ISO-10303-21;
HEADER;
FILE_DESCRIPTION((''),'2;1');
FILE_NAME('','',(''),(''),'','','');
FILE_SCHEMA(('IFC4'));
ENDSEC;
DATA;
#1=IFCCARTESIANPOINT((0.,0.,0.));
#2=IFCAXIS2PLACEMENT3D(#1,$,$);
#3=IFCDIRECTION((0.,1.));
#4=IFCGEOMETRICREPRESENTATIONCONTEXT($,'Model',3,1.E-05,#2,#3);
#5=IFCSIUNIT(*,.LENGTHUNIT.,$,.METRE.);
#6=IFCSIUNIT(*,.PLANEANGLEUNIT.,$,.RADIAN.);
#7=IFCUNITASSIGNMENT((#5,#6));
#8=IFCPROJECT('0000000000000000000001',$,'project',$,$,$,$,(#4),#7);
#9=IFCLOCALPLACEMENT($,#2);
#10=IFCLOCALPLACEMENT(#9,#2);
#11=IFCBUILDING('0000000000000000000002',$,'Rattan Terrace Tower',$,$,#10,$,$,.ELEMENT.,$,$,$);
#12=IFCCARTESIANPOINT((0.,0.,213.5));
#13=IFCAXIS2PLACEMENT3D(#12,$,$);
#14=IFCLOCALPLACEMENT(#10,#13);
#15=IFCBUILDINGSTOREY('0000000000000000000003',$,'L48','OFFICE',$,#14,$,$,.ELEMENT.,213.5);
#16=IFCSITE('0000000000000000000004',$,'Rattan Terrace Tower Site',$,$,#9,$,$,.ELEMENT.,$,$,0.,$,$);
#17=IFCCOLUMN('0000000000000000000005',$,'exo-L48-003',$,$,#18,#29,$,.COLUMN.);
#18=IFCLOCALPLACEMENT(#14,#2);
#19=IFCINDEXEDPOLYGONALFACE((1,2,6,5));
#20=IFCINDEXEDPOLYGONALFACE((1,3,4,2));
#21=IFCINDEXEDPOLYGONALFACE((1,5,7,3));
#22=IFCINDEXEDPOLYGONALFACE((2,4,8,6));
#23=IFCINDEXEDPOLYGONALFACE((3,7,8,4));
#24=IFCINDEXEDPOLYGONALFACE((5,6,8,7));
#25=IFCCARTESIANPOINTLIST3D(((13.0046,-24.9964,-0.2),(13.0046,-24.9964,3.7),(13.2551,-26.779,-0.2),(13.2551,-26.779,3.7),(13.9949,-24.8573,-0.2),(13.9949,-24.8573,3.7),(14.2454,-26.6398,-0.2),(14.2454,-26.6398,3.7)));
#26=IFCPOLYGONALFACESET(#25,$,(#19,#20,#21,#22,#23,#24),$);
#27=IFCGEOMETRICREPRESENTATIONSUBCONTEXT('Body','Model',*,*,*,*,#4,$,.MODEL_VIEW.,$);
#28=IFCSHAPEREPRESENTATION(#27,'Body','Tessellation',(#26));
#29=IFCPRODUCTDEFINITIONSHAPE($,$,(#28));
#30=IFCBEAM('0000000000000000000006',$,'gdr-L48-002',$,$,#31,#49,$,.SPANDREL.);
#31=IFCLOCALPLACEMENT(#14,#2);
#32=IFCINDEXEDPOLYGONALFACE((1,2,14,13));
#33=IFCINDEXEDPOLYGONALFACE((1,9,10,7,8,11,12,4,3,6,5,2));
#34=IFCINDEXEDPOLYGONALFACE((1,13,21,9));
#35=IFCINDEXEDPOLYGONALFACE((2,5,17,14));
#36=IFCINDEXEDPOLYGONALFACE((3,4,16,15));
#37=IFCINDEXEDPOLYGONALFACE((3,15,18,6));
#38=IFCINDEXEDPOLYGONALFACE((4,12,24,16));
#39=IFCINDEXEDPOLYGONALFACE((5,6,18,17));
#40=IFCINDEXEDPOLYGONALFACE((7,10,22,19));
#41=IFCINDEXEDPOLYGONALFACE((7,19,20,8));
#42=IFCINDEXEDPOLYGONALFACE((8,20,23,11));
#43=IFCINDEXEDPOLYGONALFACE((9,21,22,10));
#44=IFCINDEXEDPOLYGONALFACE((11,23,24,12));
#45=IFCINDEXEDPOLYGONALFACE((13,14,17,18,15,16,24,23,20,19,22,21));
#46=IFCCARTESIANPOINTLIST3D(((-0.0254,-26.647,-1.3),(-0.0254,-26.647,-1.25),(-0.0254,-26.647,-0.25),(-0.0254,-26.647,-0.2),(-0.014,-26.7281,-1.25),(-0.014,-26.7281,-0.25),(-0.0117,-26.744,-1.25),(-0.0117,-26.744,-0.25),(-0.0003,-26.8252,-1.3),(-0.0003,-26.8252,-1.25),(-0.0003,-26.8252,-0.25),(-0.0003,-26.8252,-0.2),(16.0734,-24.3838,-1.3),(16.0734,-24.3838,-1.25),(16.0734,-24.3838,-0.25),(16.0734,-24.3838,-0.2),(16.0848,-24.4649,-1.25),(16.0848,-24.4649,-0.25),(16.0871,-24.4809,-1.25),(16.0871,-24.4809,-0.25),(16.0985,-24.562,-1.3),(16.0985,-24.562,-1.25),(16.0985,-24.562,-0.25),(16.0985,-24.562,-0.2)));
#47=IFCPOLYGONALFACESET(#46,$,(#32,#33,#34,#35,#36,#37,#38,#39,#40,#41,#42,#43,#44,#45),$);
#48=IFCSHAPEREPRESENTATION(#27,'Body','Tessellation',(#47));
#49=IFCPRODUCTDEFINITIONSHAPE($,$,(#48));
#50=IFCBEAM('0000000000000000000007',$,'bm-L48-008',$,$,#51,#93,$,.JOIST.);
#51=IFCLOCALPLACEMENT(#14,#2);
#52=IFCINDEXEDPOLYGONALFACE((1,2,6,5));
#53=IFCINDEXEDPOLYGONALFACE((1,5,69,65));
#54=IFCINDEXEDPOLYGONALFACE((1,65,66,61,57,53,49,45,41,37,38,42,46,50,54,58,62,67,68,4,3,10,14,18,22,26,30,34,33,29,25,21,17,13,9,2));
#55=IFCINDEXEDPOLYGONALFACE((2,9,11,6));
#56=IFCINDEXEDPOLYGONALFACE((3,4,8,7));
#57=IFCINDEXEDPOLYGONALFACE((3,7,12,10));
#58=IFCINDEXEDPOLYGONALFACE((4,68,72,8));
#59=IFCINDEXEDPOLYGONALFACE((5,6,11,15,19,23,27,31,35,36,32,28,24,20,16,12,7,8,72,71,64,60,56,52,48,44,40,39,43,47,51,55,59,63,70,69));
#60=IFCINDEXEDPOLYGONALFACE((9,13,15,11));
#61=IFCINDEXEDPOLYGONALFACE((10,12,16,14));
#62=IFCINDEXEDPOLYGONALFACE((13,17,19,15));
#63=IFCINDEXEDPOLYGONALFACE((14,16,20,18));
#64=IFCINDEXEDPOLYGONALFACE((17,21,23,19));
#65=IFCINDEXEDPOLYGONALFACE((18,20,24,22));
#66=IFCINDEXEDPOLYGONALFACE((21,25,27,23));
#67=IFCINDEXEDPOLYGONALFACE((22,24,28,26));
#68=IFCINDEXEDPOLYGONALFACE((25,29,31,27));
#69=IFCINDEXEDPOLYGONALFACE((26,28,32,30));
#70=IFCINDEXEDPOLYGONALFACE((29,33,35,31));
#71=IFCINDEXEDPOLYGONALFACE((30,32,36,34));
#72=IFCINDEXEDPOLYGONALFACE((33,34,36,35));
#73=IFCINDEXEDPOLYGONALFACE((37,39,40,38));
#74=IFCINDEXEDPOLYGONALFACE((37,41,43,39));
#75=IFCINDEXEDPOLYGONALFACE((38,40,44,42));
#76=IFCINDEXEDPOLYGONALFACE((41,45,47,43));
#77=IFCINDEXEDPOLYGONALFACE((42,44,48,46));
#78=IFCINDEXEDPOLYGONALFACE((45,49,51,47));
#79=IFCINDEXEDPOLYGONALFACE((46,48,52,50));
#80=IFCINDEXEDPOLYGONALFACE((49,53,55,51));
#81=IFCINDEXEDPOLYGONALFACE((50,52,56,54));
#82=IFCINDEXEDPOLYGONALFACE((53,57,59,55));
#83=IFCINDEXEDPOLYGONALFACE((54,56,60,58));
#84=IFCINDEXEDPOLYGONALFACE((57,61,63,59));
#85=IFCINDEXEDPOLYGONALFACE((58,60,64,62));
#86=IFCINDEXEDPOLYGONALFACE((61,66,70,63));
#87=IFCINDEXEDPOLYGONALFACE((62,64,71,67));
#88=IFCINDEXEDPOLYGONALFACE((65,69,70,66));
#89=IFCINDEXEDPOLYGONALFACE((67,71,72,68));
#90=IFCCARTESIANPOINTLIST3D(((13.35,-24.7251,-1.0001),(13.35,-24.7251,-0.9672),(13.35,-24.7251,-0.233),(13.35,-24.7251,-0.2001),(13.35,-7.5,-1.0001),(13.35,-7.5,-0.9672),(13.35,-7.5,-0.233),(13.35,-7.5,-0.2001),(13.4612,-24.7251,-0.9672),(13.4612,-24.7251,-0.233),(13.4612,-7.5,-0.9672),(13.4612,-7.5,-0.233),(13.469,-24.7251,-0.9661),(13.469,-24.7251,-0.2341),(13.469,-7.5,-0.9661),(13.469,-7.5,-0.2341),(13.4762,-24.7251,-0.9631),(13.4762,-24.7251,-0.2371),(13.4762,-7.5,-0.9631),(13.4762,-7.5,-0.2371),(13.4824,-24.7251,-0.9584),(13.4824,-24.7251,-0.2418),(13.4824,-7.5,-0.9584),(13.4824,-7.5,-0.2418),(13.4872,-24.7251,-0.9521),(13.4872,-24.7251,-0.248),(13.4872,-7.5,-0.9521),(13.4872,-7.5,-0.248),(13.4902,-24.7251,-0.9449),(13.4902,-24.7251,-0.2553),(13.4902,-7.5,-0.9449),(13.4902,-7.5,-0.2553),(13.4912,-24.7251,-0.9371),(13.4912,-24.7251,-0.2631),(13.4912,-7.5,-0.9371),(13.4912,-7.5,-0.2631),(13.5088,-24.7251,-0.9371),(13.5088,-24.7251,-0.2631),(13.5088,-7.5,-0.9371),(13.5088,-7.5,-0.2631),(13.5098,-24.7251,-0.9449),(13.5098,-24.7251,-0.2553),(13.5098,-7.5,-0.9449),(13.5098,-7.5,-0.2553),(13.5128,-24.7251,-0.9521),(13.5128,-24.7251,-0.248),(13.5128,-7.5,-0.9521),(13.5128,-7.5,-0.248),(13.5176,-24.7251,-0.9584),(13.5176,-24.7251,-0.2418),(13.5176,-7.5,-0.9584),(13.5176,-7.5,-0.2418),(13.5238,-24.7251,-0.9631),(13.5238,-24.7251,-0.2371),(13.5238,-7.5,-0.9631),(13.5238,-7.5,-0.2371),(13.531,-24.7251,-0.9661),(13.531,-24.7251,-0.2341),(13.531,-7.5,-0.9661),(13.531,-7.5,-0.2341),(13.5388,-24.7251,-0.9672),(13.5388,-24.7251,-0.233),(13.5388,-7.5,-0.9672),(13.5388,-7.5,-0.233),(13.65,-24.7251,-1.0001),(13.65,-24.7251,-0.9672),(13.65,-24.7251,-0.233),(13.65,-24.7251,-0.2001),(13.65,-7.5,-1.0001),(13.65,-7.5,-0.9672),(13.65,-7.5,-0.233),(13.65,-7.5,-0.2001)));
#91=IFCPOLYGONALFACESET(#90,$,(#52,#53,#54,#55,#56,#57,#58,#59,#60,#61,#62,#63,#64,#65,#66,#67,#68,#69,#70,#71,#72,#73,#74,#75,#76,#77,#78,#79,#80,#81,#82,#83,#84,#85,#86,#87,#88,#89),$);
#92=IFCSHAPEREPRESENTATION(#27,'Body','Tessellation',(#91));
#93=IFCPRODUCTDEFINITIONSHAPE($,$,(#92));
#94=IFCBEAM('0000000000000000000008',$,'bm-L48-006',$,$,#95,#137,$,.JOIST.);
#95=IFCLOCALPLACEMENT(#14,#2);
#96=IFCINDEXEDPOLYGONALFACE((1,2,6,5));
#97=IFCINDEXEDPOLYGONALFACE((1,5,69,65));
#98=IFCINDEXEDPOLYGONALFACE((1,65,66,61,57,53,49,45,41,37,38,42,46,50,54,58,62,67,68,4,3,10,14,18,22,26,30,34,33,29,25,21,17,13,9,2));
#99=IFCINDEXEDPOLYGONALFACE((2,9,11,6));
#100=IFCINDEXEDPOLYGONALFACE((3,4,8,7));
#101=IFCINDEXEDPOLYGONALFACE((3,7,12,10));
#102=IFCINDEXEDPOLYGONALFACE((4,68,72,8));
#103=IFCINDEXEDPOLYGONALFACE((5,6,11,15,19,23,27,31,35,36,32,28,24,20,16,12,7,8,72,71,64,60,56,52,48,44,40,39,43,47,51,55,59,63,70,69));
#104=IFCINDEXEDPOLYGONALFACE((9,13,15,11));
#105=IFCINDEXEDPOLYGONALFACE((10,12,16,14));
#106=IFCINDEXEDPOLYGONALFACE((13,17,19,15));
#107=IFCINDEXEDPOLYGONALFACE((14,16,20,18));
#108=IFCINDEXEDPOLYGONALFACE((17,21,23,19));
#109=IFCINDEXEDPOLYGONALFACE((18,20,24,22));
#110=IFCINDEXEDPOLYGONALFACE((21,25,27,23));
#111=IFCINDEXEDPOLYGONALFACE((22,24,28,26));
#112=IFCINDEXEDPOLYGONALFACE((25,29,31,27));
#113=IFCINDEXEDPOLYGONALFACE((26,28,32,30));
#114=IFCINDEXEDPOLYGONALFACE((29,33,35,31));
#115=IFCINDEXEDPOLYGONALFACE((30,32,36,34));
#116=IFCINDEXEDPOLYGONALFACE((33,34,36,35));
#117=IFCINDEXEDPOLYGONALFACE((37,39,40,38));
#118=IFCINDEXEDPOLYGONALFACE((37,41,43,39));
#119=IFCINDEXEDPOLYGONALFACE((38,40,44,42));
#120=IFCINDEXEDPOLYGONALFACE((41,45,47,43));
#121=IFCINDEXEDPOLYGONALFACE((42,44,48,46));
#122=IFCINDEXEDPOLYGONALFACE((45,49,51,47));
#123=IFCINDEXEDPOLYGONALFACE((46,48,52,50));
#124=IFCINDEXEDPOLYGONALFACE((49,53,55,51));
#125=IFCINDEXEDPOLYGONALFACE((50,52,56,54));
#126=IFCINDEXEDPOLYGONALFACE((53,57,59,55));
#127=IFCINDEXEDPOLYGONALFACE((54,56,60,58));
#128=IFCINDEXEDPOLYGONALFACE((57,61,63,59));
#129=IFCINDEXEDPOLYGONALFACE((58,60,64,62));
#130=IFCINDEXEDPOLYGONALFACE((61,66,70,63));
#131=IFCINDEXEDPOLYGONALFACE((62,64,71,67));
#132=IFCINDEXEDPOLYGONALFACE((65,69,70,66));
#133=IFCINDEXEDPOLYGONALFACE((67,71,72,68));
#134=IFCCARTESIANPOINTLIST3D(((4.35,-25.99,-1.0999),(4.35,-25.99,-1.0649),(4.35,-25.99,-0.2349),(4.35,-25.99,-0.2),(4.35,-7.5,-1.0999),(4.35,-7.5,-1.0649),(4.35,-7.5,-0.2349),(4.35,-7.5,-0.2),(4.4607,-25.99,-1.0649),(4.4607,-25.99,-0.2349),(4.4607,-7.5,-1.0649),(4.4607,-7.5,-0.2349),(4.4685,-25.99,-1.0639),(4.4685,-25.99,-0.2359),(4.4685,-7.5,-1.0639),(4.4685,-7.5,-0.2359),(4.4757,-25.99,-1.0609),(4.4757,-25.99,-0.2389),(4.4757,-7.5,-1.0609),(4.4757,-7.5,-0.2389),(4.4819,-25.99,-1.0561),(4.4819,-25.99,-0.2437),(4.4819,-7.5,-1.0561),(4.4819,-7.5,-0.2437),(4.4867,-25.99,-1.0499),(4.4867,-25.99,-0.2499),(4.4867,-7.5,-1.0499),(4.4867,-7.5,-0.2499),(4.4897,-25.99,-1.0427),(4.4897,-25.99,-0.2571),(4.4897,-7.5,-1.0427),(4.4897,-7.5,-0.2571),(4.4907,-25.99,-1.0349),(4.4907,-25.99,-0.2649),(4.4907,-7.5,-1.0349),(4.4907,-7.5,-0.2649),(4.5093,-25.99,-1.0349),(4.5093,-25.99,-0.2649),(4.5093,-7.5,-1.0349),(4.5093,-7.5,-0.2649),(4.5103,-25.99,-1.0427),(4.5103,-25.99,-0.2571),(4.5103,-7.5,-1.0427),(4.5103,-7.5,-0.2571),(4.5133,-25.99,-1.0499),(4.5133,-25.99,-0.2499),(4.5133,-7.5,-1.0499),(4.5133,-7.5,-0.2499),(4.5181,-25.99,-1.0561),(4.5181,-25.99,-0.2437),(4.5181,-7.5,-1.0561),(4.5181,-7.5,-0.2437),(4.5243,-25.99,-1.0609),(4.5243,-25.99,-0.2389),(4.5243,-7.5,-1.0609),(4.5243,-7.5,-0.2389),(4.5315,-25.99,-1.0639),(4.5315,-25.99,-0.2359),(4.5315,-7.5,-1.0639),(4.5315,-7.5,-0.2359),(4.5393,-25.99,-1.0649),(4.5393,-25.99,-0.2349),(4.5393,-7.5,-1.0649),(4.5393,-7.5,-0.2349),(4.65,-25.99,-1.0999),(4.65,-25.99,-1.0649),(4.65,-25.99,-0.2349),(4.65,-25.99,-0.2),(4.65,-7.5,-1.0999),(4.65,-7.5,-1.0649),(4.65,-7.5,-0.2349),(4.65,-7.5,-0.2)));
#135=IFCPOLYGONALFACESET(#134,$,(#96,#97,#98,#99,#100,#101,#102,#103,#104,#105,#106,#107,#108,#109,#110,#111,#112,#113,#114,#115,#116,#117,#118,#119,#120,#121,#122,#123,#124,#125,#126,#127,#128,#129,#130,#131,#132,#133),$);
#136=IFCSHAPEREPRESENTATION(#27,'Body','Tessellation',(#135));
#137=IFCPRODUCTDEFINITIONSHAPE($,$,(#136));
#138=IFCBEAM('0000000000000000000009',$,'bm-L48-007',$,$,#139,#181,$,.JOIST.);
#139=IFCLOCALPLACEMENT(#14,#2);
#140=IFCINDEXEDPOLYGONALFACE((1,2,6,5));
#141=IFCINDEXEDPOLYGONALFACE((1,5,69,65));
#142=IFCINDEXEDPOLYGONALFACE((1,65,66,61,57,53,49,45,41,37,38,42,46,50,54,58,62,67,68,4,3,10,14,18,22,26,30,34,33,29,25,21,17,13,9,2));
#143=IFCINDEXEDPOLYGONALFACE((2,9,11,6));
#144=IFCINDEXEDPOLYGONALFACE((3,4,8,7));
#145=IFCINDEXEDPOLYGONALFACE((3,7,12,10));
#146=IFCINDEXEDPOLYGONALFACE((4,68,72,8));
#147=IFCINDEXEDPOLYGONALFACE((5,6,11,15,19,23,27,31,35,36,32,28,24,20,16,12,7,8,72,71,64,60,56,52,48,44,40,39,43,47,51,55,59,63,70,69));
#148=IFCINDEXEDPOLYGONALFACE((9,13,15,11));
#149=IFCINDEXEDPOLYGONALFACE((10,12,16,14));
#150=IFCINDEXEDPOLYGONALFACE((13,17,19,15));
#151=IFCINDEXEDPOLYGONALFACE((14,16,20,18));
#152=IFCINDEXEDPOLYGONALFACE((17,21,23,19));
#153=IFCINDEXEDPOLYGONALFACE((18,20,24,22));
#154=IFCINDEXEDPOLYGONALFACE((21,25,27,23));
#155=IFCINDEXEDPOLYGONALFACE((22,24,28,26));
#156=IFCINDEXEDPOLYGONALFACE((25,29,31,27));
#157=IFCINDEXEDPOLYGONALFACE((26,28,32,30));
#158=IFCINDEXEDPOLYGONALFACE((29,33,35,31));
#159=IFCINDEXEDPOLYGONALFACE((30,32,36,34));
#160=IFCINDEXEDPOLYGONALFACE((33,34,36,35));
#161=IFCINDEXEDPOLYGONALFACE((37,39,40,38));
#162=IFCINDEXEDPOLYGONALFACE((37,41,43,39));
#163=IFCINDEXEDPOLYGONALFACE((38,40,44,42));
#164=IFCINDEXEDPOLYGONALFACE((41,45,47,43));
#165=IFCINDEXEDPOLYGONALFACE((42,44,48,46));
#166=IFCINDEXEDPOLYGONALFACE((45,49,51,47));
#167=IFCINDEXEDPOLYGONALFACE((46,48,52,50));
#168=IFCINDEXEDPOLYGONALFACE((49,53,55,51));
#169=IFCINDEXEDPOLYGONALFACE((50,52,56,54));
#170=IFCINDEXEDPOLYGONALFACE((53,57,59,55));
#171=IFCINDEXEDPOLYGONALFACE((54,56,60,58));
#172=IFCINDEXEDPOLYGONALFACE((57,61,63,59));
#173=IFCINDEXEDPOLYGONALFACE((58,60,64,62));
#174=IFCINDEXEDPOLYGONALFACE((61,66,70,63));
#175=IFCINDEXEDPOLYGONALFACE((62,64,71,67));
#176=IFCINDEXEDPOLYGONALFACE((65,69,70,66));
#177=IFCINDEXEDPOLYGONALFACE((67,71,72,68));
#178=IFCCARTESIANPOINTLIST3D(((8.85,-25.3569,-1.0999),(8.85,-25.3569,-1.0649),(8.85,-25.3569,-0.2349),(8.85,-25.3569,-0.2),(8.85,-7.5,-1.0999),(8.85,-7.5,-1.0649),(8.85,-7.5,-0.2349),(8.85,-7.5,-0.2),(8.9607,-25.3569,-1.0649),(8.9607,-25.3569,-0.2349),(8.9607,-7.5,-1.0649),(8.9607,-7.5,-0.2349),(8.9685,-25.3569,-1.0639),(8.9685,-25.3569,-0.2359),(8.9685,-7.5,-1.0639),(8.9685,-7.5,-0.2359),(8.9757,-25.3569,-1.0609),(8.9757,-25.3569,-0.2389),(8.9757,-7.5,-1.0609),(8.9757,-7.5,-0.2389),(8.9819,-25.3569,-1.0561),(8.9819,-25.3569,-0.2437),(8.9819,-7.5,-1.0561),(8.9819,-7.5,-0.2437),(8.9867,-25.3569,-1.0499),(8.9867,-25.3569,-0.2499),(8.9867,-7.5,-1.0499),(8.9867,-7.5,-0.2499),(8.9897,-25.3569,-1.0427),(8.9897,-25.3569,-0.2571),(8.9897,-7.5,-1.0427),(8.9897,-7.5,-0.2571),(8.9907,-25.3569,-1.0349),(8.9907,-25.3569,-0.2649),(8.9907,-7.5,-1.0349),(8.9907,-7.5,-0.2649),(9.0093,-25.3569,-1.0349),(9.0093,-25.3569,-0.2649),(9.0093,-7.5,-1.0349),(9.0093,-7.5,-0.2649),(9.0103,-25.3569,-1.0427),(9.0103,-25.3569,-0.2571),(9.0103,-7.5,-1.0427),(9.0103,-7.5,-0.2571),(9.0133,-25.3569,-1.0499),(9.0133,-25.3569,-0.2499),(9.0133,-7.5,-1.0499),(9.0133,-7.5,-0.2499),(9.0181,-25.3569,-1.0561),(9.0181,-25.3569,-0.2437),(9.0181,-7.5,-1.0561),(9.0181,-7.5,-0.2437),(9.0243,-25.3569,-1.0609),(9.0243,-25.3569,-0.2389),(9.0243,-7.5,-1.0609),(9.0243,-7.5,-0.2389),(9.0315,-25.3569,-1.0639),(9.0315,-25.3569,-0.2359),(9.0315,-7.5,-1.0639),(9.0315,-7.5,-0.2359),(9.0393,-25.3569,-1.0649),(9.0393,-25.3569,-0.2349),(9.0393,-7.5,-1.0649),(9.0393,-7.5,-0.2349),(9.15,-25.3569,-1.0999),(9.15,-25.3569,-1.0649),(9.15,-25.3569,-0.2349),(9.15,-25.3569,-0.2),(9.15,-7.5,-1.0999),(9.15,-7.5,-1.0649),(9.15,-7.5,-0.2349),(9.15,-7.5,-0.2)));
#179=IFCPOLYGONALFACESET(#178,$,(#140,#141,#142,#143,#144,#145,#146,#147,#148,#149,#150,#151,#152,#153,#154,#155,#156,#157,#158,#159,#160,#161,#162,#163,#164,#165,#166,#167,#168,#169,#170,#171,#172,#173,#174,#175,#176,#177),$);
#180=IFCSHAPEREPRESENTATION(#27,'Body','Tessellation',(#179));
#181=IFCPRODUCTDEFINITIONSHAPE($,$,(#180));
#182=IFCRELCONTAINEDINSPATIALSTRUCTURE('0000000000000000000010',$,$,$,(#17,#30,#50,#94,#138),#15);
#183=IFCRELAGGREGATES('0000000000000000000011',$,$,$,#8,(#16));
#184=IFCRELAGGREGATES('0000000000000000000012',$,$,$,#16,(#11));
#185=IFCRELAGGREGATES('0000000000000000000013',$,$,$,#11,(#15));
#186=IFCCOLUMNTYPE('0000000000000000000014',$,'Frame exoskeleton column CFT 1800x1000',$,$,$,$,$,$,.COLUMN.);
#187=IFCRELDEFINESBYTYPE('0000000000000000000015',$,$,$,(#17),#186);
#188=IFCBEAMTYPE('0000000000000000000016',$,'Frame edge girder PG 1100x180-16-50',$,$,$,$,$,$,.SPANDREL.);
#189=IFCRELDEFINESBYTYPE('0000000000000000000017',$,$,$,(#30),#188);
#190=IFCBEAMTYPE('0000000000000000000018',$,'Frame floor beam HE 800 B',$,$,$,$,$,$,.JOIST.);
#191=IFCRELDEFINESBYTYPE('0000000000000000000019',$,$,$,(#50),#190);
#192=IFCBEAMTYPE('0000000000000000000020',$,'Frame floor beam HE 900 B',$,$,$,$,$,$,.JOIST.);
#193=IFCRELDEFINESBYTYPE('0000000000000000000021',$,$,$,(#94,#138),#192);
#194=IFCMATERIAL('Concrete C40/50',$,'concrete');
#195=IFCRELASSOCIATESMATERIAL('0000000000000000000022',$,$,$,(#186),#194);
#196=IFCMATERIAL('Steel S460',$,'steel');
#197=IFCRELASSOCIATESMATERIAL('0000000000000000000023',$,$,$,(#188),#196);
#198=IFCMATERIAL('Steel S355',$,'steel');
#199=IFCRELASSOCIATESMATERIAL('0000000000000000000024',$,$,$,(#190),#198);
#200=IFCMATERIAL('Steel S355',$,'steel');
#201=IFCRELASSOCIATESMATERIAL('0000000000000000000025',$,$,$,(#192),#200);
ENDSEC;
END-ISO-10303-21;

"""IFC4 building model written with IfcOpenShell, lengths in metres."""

from ifc_helpers import new_model, si_unit, direction, frame, origin, origin_2d, place, context, subcontext, project, spatial, rectangle, i_section, extrude, material, material_profile, profile_set, type_object, element, save


model = new_model("IFC4")

# Units and contexts
model_context = context("Model", 3, precision=1e-05, world=origin(), true_north=direction((0.0, 1.0)))
body_context = subcontext(model_context, "Body", "Model", "MODEL_VIEW")
ifc_project = project(units=[si_unit("LENGTHUNIT", "METRE"), si_unit("PLANEANGLEUNIT", "RADIAN")], contexts=[model_context])

# Site, building, storey
site_placement = place(None, origin())
site = spatial("IfcSite", under=ifc_project, at=site_placement, Name="Rattan Terrace Tower Site", CompositionType="ELEMENT", RefElevation=0.0)
building_placement = place(site_placement, origin())
building = spatial("IfcBuilding", under=site, at=building_placement, Name="Rattan Terrace Tower", CompositionType="ELEMENT")
storey_placement = place(building_placement, frame((0.0, 0.0, 213.5)))
storey = spatial("IfcBuildingStorey", under=building, at=storey_placement, Name="L48", Description="OFFICE", CompositionType="ELEMENT", Elevation=213.5)

# Column
ifc_material_1 = material(Name="Concrete C40/50", Category="concrete")
ifc_material_profile_1 = material_profile(ifc_material_1, rectangle(XDim=1.0, YDim=1.8, at=origin_2d()), Name="CFT 1800x1000")
ifc_profile_set_1 = profile_set([ifc_material_profile_1], Name="Concrete C40/50")
column_type = type_object("IfcColumnType", Name="Frame exoskeleton column CFT 1800x1000", PredefinedType="COLUMN", material=ifc_profile_set_1)
column_placement = place(storey_placement, frame((13.625, -25.8181, -0.2), z_axis=(0.0, 0.0, 1.0), x_axis=(0.990268, 0.139173, 0.0)))
element("IfcColumn", 1, at=column_placement, inside=storey, type_object=column_type, Name="exo-L48-003", PredefinedType="COLUMN", context=body_context, shape_type="SweptSolid", body=[
    extrude(rectangle(XDim=1.0, YDim=1.8, at=origin_2d()), origin(), (0.0, 0.0, 1.0), 3.8999),
])

# Beams
ifc_material_2 = material(Name="Steel S460", Category="steel")
ifc_material_profile_2 = material_profile(ifc_material_2, i_section(OverallWidth=0.1799, OverallDepth=1.1001, WebThickness=0.0161, FlangeThickness=0.05, at=origin_2d()), Name="PG 1100x180-16-50")
ifc_profile_set_2 = profile_set([ifc_material_profile_2], Name="Steel S460")
beam_type_1 = type_object("IfcBeamType", Name="Frame edge girder PG 1100x180-16-50", PredefinedType="SPANDREL", material=ifc_profile_set_2)
beam_1_placement = place(storey_placement, frame((16.0859, -24.4729, -0.75), z_axis=(-0.990263, -0.139211, 0.0), x_axis=(0.139211, -0.990263, 0.0)))
element("IfcBeam", 2, at=beam_1_placement, inside=storey, type_object=beam_type_1, Name="gdr-L48-002", PredefinedType="SPANDREL", context=body_context, shape_type="SweptSolid", body=[
    extrude(i_section(OverallWidth=0.1799, OverallDepth=1.1001, WebThickness=0.0161, FlangeThickness=0.05, at=origin_2d()), origin(), (0.0, 0.0, 1.0), 16.2571),
])
ifc_material_3 = material(Name="Steel S355", Category="steel")
ifc_material_profile_3 = material_profile(ifc_material_3, i_section(OverallWidth=0.3, OverallDepth=0.8, WebThickness=0.0176, FlangeThickness=0.033, FilletRadius=0.03, at=origin_2d()), Name="HE 800 B")
ifc_profile_set_3 = profile_set([ifc_material_profile_3], Name="Steel S355")
beam_type_2 = type_object("IfcBeamType", Name="Frame floor beam HE 800 B", PredefinedType="JOIST", material=ifc_profile_set_3)
beam_2_placement = place(storey_placement, frame((13.5, -24.7251, -0.6001), z_axis=(0.0, 1.0, 0.0), x_axis=(-1.0, 0.0, 0.0)))
element("IfcBeam", 3, at=beam_2_placement, inside=storey, type_object=beam_type_2, Name="bm-L48-008", PredefinedType="JOIST", context=body_context, shape_type="SweptSolid", body=[
    extrude(i_section(OverallWidth=0.3, OverallDepth=0.8, WebThickness=0.0176, FlangeThickness=0.033, FilletRadius=0.03, at=origin_2d()), origin(), (0.0, 0.0, 1.0), 17.2251),
])
ifc_material_4 = material(Name="Steel S355", Category="steel")
ifc_material_profile_4 = material_profile(ifc_material_4, i_section(OverallWidth=0.3, OverallDepth=0.8999, WebThickness=0.0186, FlangeThickness=0.0349, FilletRadius=0.03, at=origin_2d()), Name="HE 900 B")
ifc_profile_set_4 = profile_set([ifc_material_profile_4], Name="Steel S355")
beam_type_3 = type_object("IfcBeamType", Name="Frame floor beam HE 900 B", PredefinedType="JOIST", material=ifc_profile_set_4)
beam_3_placement = place(storey_placement, frame((4.5, -25.99, -0.6499), z_axis=(0.0, 1.0, 0.0), x_axis=(-1.0, 0.0, 0.0)))
element("IfcBeam", 4, at=beam_3_placement, inside=storey, type_object=beam_type_3, Name="bm-L48-006", PredefinedType="JOIST", context=body_context, shape_type="SweptSolid", body=[
    extrude(i_section(OverallWidth=0.3, OverallDepth=0.8999, WebThickness=0.0186, FlangeThickness=0.0349, FilletRadius=0.03, at=origin_2d()), origin(), (0.0, 0.0, 1.0), 18.49),
])
beam_4_placement = place(storey_placement, frame((9.0, -25.3569, -0.6499), z_axis=(0.0, 1.0, 0.0), x_axis=(-1.0, 0.0, 0.0)))
element("IfcBeam", 5, at=beam_4_placement, inside=storey, type_object=beam_type_3, Name="bm-L48-007", PredefinedType="JOIST", context=body_context, shape_type="SweptSolid", body=[
    extrude(i_section(OverallWidth=0.3, OverallDepth=0.8999, WebThickness=0.0186, FlangeThickness=0.0349, FilletRadius=0.03, at=origin_2d()), origin(), (0.0, 0.0, 1.0), 17.8569),
])

save(model, "model.ifc")
